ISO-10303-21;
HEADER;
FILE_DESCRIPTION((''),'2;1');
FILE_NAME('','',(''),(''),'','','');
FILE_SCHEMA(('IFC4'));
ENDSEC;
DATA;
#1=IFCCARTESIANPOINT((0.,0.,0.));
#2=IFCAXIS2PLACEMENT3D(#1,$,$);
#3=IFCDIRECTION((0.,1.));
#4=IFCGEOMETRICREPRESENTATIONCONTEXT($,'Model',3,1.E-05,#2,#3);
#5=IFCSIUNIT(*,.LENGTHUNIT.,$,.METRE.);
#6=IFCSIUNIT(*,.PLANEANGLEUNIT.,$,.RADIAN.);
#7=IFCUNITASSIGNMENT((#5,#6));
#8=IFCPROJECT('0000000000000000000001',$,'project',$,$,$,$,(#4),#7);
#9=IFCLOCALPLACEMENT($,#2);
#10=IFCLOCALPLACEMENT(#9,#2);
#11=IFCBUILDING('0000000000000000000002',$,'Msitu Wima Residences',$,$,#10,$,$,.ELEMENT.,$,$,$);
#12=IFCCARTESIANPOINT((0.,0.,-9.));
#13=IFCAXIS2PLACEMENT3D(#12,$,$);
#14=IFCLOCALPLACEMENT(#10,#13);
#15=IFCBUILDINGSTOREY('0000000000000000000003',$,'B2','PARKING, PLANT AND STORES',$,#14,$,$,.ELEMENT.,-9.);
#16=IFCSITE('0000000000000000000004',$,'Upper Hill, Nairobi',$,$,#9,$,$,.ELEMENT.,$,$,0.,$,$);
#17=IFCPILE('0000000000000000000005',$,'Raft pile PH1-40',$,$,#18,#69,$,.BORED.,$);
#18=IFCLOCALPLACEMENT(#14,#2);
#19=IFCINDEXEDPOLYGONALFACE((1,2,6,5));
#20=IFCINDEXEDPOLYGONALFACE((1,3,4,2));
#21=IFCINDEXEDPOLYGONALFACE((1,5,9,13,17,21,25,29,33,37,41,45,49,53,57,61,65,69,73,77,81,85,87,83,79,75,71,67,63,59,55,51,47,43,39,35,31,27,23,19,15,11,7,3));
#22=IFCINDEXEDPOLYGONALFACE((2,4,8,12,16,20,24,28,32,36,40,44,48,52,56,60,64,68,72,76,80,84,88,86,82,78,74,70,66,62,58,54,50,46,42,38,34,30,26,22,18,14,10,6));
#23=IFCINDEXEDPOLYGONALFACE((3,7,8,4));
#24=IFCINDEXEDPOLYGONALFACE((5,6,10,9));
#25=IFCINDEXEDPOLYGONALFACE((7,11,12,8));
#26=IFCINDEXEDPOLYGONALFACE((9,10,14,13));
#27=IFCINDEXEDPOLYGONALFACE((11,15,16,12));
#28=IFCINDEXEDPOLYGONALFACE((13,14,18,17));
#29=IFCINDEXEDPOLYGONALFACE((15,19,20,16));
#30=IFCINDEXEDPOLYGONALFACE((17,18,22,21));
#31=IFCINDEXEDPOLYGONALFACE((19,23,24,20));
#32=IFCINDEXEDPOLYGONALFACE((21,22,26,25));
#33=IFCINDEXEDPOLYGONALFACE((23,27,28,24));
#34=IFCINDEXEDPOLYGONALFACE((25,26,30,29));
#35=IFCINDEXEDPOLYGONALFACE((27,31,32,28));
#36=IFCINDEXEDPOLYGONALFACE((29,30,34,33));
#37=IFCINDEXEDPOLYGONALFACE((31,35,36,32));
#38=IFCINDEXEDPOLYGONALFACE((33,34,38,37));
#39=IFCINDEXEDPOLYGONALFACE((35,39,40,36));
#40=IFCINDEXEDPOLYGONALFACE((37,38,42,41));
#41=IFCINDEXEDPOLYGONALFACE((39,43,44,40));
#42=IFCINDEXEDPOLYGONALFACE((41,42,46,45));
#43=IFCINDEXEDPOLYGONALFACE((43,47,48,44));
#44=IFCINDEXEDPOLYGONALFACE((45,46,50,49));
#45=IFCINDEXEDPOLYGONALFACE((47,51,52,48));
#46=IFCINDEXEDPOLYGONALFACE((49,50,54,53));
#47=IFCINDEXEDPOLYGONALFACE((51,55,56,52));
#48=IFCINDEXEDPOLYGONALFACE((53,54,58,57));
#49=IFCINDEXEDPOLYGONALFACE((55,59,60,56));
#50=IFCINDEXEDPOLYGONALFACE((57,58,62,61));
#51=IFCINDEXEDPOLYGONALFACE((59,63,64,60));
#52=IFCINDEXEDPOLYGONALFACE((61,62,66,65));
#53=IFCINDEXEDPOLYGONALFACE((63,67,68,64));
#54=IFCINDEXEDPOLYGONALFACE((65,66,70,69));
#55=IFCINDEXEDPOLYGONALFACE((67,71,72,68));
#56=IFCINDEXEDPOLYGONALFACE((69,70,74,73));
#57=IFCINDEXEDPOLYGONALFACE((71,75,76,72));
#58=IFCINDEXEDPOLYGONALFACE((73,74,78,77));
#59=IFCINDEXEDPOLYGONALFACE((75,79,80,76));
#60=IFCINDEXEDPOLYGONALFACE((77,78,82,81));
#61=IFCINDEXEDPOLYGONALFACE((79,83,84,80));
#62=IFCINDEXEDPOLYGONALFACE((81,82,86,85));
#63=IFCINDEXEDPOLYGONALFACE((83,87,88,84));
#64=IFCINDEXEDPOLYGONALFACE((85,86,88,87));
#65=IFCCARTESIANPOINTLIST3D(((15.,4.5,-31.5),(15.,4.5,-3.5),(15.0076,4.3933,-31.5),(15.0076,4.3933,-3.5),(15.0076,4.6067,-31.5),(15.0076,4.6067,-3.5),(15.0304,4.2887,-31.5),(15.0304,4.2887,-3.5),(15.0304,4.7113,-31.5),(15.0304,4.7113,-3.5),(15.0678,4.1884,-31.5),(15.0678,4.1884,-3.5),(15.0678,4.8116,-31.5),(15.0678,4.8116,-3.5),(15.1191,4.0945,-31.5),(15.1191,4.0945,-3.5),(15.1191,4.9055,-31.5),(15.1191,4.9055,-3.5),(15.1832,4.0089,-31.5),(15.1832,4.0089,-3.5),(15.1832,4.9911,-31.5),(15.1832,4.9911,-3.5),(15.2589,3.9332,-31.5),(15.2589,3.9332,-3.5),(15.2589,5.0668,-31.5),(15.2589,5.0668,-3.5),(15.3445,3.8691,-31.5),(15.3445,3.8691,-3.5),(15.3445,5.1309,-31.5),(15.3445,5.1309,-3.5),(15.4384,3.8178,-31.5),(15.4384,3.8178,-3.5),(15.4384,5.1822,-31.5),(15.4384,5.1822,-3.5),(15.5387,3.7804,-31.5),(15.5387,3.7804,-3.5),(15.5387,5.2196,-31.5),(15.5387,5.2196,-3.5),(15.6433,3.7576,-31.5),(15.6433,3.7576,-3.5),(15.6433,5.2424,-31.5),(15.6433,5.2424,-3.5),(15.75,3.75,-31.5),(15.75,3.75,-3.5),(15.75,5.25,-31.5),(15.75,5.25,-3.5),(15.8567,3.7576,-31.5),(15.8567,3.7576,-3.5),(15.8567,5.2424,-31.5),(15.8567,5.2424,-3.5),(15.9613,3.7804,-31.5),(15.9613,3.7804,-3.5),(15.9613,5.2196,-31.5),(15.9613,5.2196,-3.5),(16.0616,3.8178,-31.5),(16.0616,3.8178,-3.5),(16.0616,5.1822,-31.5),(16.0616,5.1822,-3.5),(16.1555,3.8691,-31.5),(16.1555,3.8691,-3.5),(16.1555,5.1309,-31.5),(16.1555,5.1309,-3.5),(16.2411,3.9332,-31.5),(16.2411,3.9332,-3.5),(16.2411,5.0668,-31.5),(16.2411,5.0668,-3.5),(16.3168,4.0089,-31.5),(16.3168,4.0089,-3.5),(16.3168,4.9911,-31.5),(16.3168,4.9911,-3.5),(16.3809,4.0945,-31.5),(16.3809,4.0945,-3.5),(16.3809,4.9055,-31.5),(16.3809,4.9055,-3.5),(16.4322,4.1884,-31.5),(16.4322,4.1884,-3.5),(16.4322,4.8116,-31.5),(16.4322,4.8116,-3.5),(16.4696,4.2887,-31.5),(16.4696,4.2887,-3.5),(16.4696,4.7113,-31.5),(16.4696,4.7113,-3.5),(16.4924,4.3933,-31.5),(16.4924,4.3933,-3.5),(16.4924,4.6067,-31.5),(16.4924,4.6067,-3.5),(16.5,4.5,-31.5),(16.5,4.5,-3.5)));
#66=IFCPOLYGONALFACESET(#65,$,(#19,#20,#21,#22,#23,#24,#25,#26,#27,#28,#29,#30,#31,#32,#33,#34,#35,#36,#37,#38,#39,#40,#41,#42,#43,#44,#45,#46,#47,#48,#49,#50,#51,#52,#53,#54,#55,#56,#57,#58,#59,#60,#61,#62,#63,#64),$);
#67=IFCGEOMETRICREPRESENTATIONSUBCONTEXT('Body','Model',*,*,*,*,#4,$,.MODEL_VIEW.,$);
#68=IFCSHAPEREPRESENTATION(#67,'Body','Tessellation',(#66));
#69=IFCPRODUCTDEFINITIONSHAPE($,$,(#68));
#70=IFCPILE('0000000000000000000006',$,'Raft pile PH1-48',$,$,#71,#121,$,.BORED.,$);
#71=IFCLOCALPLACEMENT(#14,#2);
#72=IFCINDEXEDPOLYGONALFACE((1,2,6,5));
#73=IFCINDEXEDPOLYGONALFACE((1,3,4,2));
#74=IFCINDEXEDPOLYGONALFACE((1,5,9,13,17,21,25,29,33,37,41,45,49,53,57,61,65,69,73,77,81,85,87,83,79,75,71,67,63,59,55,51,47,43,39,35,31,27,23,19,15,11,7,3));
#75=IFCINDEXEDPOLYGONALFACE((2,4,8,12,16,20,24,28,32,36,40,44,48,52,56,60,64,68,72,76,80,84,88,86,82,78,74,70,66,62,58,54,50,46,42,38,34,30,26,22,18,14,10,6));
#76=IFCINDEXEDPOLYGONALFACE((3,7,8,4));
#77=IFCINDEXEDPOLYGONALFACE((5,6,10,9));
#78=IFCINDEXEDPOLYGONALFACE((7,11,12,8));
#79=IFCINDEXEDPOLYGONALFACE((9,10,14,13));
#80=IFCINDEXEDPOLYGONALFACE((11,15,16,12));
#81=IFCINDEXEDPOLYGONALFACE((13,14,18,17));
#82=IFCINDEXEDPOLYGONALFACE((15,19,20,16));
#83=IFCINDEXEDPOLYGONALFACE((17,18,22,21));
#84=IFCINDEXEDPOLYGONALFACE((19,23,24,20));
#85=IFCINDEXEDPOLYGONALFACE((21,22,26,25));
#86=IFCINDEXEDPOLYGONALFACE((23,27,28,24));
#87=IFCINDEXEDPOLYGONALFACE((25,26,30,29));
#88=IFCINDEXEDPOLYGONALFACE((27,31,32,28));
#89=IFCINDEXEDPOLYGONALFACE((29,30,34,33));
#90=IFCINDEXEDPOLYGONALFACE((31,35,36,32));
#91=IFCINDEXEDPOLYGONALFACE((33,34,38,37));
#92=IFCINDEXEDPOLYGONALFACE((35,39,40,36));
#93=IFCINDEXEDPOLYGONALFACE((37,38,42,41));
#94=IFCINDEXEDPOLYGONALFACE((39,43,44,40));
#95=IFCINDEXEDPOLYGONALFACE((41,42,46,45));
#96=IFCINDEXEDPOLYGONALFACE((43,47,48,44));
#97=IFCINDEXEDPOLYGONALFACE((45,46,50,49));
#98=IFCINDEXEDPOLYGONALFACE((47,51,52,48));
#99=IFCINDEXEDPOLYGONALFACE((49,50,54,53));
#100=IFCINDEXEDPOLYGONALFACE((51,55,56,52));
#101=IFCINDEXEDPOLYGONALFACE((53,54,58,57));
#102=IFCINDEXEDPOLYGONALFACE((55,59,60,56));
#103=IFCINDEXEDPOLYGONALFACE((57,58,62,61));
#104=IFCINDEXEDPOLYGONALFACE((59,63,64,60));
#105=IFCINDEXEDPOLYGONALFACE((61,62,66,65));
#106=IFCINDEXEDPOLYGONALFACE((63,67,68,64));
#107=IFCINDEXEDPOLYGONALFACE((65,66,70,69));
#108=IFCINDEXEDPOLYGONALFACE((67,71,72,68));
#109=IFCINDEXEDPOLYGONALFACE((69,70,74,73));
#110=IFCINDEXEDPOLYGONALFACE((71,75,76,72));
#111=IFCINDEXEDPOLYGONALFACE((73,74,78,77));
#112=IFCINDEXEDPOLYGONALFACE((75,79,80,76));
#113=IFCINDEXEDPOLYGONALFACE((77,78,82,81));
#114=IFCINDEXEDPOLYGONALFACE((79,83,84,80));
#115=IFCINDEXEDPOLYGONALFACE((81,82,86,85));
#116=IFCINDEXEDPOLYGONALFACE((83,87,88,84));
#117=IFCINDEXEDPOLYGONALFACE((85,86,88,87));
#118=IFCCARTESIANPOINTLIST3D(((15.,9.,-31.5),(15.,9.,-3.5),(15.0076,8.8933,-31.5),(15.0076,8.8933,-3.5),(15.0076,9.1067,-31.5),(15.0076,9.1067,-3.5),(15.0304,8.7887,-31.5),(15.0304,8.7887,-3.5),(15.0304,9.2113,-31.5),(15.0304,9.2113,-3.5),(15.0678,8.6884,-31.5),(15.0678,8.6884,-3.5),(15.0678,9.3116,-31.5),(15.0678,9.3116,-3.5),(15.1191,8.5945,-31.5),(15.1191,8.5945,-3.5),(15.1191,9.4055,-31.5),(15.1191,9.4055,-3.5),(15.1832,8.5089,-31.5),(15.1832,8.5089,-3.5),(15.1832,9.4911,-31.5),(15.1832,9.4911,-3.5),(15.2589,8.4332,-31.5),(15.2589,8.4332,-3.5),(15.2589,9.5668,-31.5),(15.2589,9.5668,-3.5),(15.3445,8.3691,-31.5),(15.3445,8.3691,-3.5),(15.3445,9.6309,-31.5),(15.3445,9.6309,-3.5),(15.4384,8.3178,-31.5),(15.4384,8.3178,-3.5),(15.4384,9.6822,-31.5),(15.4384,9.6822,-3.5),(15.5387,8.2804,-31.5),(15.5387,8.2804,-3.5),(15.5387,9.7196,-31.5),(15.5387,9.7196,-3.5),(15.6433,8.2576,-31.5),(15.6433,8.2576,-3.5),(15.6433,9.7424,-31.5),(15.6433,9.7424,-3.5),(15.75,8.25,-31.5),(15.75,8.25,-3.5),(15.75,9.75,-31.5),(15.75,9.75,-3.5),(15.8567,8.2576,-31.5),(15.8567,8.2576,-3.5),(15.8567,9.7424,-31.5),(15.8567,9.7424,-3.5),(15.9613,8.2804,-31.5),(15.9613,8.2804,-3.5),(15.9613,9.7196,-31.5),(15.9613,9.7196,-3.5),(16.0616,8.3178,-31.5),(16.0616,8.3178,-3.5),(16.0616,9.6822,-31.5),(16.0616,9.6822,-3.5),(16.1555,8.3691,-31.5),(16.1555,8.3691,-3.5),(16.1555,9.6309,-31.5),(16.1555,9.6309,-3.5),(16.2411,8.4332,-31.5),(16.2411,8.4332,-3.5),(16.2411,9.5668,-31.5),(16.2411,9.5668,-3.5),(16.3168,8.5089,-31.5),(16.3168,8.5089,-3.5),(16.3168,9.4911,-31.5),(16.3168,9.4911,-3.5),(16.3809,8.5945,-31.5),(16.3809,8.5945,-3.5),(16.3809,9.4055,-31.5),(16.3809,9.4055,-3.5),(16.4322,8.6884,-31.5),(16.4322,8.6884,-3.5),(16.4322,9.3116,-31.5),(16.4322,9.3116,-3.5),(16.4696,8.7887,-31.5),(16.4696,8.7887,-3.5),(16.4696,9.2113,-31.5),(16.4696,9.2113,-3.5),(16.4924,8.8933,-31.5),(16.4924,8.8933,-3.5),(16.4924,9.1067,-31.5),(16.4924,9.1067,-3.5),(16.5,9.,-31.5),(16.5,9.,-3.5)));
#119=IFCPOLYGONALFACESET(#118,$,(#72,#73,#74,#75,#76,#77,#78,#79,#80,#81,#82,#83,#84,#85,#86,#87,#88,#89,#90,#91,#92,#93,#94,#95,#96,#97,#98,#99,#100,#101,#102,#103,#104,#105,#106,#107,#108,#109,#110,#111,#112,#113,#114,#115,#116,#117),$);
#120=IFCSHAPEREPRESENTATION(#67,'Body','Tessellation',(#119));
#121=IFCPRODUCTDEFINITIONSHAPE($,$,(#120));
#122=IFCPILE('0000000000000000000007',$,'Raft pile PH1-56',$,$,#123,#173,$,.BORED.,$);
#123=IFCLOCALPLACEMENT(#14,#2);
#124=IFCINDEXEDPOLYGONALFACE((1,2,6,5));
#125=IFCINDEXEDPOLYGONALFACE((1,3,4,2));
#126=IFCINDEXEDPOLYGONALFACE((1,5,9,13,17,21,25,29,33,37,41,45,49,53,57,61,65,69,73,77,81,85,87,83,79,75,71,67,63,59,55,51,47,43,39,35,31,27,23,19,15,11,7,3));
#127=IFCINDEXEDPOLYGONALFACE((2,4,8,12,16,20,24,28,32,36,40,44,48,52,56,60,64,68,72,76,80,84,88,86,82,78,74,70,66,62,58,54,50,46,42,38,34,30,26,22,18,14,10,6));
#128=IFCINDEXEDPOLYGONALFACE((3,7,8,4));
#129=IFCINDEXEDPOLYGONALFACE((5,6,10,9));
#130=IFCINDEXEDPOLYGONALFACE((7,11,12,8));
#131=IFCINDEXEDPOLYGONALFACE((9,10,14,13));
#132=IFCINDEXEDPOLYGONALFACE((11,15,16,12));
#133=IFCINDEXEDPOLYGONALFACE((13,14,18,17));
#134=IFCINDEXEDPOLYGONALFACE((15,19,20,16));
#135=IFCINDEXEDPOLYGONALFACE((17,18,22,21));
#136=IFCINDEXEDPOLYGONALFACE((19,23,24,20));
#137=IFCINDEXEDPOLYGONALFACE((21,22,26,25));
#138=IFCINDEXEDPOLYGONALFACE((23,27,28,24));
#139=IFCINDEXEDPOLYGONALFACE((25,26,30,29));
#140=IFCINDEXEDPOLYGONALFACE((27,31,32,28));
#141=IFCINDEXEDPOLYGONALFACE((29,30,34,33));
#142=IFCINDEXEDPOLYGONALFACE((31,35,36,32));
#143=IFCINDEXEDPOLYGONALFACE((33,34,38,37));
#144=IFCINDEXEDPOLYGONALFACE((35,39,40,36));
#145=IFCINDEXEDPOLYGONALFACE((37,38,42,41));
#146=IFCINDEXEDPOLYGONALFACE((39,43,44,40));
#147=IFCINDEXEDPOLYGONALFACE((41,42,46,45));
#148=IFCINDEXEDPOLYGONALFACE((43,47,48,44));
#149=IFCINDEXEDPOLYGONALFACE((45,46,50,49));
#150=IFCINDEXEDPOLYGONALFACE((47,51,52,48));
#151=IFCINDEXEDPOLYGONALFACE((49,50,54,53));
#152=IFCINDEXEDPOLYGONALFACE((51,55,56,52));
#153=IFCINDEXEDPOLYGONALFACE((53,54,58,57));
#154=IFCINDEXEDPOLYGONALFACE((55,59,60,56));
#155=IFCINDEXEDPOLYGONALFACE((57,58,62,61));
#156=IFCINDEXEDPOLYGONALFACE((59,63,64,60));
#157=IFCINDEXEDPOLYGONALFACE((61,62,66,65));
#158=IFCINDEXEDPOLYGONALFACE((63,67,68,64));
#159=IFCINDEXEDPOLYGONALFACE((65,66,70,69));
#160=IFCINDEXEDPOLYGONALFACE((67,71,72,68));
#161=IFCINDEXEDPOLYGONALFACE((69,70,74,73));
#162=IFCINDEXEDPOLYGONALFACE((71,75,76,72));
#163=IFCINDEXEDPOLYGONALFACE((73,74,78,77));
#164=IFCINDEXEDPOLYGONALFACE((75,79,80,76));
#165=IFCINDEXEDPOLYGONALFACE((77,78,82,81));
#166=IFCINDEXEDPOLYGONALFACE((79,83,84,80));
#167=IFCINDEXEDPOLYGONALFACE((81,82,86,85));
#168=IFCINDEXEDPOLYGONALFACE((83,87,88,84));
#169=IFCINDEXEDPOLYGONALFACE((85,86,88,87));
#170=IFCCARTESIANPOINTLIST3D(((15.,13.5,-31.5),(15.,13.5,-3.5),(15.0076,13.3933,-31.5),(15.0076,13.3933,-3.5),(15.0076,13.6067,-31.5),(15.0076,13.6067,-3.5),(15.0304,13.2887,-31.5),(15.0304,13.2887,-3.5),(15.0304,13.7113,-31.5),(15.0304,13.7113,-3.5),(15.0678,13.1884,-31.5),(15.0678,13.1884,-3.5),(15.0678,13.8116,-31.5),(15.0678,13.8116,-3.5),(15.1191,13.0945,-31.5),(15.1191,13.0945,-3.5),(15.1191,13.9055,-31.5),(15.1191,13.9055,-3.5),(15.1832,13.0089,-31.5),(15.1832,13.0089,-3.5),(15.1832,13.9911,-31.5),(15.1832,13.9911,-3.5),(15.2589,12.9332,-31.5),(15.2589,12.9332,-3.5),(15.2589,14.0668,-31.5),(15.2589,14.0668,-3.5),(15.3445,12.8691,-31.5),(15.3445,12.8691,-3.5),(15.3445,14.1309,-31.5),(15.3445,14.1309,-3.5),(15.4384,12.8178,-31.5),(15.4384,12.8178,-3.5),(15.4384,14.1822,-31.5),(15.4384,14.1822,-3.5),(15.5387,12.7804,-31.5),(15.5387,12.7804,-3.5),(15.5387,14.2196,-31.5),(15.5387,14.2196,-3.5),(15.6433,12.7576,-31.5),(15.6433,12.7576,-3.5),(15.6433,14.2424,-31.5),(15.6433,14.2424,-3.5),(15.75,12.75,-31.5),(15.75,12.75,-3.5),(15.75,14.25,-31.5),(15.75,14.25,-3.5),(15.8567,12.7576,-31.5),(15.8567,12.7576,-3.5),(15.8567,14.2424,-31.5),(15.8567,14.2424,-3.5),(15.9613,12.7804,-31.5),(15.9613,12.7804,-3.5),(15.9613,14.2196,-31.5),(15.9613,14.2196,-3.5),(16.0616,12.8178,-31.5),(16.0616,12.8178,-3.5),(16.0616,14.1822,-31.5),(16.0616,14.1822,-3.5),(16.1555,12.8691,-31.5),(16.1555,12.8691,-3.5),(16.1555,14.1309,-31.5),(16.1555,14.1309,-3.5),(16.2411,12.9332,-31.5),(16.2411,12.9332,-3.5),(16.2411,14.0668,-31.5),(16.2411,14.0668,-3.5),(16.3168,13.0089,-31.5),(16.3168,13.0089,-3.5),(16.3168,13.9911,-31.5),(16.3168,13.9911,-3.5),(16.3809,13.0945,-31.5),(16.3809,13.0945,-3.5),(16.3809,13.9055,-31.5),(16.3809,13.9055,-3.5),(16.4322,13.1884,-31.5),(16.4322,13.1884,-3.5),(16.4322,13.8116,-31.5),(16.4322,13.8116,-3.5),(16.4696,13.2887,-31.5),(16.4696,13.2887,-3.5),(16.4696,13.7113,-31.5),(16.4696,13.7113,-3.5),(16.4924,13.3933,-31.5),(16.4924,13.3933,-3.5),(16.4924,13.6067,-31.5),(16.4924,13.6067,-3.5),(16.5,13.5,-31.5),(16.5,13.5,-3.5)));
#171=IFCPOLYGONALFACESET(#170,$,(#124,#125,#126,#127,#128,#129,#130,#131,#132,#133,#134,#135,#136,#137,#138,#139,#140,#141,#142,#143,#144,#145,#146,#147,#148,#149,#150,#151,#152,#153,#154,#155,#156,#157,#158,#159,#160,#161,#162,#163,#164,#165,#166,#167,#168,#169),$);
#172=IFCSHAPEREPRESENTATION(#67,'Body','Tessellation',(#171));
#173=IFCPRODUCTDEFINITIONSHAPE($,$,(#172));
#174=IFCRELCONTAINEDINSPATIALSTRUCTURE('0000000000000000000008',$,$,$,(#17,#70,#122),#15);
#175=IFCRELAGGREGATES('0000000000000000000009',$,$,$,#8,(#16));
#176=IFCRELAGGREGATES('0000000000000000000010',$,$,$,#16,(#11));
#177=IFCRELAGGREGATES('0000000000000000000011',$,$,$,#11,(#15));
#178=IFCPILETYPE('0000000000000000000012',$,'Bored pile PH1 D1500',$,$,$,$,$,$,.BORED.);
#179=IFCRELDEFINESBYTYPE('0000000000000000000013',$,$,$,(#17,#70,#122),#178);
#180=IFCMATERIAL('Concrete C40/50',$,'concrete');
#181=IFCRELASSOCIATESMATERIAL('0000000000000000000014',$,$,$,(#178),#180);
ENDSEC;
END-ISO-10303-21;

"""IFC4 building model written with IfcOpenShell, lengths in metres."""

from ifc_helpers import new_model, si_unit, direction, frame, origin, origin_2d, place, context, subcontext, project, spatial, circle, extrude, material, type_object, element, save


model = new_model("IFC4")

# Units and contexts
model_context = context("Model", 3, precision=1e-05, world=origin(), true_north=direction((0.0, 1.0)))
body_context = subcontext(model_context, "Body", "Model", "MODEL_VIEW")
ifc_project = project(units=[si_unit("LENGTHUNIT", "METRE"), si_unit("PLANEANGLEUNIT", "RADIAN")], contexts=[model_context])

# Site, building, storey
site_placement = place(None, origin())
site = spatial("IfcSite", under=ifc_project, at=site_placement, Name="Upper Hill, Nairobi", CompositionType="ELEMENT", RefElevation=0.0)
building_placement = place(site_placement, origin())
building = spatial("IfcBuilding", under=site, at=building_placement, Name="Msitu Wima Residences", CompositionType="ELEMENT")
storey_placement = place(building_placement, frame((0.0, 0.0, -9.0)))
storey = spatial("IfcBuildingStorey", under=building, at=storey_placement, Name="B2", Description="PARKING, PLANT AND STORES", CompositionType="ELEMENT", Elevation=-9.0)

# Piles
ifc_material_1 = material(Name="Concrete C40/50", Category="concrete")
pile_type_1 = type_object("IfcPileType", Name="Bored pile PH1 D1500", PredefinedType="BORED", material=ifc_material_1)
for number, where, z_axis, x_axis, name in (
    (1, (15.75, 4.5, -3.5), (0.0, 0.0, -1.0), (1.0, 0.0, 0.0), "Raft pile PH1-40"),
    (2, (15.75, 9.0, -3.5), (0.0, 0.0, -1.0), (1.0, 0.0, 0.0), "Raft pile PH1-48"),
    (3, (15.75, 13.5, -3.5), (0.0, 0.0, -1.0), (1.0, 0.0, 0.0), "Raft pile PH1-56"),
):
    element("IfcPile", number, at=place(storey_placement, frame(where, z_axis=z_axis, x_axis=x_axis)), inside=storey, type_object=pile_type_1, Name=name, PredefinedType="BORED", context=body_context, shape_type="SweptSolid", body=[
        extrude(circle(Radius=0.75, at=origin_2d()), origin(), (0.0, 0.0, 1.0), 28.0),
    ])

save(model, "model.ifc")
